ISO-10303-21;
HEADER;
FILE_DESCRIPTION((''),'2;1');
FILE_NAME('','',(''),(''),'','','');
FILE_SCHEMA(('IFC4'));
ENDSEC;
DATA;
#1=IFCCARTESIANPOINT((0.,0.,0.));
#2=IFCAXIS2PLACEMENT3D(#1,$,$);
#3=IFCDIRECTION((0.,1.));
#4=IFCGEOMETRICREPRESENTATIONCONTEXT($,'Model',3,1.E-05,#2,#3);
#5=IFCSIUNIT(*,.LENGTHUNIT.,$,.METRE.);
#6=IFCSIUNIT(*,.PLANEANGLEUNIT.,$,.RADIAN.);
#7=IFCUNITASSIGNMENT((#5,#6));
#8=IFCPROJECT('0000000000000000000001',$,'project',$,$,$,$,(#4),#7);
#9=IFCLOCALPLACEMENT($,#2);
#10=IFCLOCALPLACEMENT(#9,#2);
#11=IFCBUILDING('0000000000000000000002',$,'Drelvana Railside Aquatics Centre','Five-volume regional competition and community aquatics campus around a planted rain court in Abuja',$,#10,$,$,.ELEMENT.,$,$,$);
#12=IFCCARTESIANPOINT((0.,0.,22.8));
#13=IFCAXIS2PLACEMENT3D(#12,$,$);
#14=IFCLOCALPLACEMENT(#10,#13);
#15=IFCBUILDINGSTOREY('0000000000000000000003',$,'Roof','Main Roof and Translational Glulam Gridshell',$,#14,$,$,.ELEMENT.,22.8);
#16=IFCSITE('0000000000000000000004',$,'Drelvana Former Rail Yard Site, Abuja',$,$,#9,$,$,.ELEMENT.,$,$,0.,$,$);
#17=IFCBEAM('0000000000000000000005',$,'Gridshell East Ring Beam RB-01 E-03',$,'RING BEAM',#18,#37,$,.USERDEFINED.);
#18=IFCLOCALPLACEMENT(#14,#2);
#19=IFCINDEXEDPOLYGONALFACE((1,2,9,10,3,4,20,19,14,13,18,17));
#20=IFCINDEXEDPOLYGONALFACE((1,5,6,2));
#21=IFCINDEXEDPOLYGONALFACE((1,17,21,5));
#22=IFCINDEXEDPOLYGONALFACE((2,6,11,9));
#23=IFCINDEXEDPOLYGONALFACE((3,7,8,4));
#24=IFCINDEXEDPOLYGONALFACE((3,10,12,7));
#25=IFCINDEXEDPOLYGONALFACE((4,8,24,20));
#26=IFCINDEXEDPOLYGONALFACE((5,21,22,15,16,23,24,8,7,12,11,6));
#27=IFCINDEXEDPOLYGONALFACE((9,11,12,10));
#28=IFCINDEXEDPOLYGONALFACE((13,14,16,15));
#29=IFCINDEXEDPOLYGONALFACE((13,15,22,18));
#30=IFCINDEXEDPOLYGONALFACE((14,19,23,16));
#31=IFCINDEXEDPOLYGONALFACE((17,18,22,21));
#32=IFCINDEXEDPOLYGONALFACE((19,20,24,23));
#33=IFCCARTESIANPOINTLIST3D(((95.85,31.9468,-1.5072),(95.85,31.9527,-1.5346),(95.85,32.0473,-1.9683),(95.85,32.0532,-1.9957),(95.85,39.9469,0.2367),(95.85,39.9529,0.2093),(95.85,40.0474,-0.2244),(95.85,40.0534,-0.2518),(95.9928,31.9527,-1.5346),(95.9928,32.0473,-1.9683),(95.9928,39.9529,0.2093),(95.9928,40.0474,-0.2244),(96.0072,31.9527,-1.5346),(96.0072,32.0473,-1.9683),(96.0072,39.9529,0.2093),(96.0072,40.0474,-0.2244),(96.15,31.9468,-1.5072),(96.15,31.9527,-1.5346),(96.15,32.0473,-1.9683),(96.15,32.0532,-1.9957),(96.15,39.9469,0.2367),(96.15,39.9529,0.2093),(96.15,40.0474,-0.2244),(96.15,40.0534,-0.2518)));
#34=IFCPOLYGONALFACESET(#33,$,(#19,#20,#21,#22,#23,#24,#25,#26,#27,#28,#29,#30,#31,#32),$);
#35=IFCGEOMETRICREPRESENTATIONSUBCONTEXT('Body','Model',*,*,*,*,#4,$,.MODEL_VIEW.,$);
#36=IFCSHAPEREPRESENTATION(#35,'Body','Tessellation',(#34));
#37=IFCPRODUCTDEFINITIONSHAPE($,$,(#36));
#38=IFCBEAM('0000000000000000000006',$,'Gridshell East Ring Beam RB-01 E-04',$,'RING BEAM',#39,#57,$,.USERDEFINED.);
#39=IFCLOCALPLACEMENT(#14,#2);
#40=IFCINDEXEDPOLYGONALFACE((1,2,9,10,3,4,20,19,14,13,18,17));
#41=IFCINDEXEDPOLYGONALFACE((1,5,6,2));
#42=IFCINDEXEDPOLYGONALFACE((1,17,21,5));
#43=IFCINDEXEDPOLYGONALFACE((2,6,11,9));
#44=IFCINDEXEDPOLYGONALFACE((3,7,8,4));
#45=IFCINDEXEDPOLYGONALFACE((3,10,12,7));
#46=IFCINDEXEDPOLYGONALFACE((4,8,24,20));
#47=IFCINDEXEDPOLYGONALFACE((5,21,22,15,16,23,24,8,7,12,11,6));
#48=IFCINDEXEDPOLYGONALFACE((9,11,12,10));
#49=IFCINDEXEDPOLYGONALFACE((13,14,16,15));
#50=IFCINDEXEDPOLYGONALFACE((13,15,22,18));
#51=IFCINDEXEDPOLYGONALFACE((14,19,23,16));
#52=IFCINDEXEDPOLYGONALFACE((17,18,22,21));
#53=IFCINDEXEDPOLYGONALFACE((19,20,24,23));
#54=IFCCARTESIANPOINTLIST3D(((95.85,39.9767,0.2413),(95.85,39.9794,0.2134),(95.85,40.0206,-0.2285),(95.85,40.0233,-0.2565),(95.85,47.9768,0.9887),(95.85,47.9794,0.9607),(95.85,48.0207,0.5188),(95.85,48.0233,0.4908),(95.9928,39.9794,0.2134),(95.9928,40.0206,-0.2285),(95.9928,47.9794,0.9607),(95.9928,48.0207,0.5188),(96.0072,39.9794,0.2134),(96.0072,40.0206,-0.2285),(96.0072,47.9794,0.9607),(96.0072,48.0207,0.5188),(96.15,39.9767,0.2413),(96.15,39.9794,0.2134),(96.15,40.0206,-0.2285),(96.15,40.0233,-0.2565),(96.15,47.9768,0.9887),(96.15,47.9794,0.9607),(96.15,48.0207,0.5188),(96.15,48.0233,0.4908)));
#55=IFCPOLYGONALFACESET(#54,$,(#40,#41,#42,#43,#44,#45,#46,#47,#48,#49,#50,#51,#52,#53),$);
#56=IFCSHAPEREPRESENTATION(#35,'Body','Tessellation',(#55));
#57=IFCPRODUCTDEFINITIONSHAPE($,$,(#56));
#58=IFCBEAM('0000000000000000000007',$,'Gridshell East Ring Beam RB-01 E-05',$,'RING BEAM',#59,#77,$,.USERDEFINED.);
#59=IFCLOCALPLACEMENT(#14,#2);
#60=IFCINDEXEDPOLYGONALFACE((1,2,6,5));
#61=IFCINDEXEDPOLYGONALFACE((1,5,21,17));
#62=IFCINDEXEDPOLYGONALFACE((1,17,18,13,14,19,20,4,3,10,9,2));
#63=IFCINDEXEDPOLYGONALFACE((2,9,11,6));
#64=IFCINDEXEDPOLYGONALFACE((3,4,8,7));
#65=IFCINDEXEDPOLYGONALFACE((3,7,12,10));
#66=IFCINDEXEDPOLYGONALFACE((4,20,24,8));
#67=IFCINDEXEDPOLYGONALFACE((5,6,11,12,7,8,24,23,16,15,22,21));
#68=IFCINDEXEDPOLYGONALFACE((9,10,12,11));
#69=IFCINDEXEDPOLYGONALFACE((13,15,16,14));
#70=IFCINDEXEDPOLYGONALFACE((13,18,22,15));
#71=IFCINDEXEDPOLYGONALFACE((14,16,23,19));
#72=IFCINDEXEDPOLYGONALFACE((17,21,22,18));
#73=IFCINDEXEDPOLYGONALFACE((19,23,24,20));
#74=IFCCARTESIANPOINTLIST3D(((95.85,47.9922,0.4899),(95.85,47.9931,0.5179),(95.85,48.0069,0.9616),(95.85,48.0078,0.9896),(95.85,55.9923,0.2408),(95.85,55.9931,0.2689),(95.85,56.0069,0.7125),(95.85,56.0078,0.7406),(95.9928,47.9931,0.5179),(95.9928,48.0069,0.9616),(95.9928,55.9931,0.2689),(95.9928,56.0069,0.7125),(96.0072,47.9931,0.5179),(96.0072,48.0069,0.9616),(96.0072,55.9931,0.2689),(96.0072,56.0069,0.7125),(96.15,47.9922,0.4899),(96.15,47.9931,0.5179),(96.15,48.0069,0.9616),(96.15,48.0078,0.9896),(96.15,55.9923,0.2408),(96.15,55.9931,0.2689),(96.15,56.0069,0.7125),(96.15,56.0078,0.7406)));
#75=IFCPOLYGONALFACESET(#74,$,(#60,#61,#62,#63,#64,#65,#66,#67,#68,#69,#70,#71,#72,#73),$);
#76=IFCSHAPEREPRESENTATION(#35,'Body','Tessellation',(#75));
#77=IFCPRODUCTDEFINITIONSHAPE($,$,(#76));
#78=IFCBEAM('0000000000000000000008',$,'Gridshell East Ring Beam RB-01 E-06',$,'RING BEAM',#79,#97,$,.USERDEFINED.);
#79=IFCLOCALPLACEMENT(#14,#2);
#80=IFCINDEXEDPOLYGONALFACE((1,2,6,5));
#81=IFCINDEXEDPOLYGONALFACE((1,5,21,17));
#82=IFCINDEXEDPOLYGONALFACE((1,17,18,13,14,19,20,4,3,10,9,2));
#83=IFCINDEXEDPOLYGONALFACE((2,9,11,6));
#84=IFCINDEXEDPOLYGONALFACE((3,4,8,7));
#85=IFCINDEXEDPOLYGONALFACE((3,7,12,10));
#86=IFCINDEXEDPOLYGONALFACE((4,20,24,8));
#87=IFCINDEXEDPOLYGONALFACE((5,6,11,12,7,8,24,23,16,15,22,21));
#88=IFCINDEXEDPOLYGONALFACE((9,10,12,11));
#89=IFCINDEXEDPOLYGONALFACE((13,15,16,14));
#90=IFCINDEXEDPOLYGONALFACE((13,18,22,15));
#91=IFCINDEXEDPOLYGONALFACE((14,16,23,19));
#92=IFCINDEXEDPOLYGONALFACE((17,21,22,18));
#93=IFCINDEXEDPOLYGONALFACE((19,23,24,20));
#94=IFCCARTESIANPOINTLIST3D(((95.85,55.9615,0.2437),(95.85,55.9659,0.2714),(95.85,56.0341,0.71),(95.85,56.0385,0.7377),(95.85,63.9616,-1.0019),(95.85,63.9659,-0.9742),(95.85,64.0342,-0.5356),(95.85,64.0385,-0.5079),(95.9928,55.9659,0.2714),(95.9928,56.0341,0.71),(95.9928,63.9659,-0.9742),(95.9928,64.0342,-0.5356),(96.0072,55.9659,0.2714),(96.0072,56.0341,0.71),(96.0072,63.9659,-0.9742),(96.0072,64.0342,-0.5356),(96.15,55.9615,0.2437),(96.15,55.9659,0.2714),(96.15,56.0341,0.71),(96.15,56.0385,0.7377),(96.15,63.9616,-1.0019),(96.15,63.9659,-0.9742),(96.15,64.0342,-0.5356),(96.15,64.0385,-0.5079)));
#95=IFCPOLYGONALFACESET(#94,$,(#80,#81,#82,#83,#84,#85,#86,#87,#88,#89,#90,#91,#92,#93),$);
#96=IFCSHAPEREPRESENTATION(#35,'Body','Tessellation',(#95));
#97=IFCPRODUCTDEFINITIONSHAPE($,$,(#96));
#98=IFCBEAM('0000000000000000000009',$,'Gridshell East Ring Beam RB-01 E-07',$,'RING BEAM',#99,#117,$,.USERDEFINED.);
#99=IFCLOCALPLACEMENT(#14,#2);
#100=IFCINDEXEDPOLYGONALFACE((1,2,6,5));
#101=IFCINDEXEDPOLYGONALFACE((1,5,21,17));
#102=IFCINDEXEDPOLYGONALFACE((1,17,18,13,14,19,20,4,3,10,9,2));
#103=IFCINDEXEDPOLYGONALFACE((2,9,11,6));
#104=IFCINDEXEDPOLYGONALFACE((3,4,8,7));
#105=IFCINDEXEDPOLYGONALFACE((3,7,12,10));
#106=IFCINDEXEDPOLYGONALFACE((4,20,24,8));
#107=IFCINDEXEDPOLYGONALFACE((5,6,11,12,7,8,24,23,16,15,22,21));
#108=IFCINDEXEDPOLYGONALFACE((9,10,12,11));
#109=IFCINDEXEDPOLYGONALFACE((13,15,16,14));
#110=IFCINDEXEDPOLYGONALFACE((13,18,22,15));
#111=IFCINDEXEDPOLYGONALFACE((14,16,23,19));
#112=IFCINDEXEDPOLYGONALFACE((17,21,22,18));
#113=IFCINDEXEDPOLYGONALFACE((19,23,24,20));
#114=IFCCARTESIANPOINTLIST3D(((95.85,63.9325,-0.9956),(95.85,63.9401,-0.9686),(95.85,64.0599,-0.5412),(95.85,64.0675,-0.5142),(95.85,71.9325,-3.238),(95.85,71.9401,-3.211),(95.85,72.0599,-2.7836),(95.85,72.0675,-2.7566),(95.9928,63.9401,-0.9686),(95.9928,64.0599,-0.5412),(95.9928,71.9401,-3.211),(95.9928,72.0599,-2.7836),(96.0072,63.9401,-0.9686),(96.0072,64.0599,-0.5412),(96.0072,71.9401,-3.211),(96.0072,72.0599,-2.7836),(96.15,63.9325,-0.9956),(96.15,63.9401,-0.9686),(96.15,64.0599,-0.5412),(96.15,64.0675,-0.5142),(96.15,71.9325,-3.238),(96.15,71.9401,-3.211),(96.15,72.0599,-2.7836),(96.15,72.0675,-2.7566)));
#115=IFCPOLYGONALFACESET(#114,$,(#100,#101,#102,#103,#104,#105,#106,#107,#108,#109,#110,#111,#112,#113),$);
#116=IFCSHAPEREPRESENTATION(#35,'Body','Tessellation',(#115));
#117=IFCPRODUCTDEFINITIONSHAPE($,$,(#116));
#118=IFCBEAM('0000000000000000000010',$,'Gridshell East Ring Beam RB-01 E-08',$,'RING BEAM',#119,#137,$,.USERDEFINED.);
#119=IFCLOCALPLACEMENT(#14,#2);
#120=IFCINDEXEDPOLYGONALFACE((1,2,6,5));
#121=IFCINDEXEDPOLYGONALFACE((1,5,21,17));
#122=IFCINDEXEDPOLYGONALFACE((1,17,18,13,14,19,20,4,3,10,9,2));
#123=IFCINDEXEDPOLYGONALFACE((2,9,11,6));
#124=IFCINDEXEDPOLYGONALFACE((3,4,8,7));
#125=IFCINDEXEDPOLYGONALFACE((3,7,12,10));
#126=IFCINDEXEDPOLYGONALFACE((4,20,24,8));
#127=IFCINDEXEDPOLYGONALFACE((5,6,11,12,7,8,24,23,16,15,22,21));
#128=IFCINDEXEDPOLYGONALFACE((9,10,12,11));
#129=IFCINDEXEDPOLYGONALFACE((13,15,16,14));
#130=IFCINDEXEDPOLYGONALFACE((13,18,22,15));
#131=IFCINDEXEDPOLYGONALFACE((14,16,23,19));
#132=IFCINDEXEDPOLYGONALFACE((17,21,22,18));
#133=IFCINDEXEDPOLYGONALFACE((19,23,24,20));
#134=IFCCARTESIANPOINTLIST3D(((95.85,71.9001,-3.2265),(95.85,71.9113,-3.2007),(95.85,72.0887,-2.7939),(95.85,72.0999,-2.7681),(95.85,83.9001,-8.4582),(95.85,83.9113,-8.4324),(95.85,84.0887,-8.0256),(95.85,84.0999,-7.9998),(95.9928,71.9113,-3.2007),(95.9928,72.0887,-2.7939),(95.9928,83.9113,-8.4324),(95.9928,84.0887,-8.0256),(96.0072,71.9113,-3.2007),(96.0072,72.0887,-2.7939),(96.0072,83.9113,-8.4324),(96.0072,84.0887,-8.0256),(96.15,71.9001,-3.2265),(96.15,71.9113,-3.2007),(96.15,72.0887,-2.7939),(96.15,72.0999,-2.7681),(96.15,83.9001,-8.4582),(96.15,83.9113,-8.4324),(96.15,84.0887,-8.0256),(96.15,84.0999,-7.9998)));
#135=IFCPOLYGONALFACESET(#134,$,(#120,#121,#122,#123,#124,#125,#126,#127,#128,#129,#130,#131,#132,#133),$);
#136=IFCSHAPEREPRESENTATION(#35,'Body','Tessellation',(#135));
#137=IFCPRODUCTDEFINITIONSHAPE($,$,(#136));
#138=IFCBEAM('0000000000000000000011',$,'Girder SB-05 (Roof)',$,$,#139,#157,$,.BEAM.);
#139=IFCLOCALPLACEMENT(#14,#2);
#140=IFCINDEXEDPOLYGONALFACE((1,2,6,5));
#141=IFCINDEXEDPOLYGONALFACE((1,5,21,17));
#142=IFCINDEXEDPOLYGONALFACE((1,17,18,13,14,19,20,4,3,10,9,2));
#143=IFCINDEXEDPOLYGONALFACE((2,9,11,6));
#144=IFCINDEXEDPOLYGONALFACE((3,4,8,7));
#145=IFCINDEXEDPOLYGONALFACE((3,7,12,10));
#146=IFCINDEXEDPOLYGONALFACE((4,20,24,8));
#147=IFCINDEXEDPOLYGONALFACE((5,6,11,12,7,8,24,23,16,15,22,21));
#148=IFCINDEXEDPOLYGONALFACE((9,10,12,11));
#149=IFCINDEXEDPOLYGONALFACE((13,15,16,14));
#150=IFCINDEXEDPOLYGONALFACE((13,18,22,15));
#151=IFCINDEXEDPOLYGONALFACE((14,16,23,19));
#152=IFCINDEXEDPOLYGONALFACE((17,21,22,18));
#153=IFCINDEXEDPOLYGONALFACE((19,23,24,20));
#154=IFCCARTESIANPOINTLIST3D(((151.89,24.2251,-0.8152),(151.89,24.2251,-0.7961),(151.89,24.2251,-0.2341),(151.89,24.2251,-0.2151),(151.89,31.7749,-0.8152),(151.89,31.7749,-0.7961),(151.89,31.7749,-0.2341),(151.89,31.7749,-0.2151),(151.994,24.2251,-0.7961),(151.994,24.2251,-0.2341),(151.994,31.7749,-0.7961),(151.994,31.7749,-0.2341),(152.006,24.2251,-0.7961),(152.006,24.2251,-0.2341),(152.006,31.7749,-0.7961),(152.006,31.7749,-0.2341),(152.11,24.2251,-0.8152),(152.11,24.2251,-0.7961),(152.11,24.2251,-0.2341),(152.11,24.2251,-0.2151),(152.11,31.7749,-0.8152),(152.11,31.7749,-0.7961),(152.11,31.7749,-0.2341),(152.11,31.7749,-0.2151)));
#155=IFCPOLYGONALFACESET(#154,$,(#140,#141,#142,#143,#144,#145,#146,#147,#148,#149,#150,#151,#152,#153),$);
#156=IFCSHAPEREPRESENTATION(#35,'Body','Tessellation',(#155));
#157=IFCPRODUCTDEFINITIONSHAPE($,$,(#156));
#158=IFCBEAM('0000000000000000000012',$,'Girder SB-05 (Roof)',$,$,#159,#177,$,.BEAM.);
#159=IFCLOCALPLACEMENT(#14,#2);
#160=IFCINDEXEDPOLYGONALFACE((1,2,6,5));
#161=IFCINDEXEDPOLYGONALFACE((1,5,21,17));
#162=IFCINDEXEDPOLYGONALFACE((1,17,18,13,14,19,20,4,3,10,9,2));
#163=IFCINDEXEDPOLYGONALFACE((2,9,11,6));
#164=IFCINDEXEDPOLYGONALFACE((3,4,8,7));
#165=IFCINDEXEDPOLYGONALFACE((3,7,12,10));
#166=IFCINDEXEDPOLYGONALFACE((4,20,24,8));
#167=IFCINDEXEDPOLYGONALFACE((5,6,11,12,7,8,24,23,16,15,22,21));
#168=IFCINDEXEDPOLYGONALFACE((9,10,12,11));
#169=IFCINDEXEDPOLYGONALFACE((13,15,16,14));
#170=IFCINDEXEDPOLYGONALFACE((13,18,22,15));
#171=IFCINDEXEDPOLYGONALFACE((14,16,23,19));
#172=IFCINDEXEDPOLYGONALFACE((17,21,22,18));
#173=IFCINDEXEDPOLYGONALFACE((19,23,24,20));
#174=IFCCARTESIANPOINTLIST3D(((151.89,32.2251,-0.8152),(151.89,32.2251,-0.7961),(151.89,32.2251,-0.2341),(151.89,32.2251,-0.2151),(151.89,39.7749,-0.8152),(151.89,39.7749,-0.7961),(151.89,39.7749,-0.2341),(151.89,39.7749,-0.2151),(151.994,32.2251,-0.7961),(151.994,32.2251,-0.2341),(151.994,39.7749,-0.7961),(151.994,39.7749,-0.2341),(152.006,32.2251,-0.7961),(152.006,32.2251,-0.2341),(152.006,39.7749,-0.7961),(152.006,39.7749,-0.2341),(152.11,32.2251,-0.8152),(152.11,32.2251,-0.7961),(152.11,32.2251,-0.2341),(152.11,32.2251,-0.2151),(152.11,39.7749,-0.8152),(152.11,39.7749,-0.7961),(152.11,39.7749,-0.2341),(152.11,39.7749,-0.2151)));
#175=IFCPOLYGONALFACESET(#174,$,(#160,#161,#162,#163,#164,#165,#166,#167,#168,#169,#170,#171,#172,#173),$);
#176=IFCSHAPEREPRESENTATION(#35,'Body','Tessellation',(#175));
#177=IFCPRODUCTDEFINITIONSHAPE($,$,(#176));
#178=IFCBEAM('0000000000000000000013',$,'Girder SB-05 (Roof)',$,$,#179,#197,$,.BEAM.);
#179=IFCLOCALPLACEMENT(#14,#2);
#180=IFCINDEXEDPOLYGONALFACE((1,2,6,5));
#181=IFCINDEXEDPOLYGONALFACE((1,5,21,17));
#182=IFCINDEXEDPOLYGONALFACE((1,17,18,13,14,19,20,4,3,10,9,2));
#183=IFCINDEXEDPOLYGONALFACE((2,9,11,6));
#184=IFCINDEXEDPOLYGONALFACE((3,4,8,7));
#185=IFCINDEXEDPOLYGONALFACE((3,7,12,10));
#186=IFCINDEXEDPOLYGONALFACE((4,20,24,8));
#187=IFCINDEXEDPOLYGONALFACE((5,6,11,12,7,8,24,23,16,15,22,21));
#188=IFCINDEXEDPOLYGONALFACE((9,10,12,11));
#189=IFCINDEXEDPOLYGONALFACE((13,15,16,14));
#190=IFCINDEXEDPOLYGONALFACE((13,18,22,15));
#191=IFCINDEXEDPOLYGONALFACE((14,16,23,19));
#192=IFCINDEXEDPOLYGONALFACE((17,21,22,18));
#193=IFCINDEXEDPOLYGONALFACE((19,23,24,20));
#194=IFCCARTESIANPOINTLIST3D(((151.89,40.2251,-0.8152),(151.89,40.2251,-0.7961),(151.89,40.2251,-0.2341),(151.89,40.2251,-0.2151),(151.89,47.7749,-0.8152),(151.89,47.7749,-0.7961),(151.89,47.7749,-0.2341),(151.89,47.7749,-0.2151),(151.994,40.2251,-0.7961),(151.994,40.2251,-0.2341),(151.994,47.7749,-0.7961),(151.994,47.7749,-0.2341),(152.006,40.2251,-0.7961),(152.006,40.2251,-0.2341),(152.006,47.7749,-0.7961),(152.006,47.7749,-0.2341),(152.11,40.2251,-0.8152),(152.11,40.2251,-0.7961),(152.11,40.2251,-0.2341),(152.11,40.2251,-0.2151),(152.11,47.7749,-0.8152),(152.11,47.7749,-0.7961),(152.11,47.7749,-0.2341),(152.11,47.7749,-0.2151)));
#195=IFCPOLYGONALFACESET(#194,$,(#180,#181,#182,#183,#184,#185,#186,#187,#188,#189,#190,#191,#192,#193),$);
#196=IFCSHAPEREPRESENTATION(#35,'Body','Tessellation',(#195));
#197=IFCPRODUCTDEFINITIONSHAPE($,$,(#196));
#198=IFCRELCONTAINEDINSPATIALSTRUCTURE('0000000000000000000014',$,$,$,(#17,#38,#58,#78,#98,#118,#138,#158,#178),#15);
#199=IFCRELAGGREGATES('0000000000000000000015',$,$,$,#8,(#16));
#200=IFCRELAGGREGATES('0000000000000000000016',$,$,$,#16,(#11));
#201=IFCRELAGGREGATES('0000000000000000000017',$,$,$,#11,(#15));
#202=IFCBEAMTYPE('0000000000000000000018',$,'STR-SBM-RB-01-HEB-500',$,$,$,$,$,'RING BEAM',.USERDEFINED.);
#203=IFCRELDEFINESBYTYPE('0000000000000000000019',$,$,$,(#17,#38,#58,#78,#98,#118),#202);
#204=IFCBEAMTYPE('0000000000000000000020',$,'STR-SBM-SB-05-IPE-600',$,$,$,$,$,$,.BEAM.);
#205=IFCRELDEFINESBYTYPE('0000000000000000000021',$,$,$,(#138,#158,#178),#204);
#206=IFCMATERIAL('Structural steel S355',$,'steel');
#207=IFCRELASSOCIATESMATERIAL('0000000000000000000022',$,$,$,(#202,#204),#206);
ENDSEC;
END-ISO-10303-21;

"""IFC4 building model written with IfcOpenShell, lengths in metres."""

from ifc_helpers import new_model, si_unit, direction, frame, origin, origin_2d, place, context, subcontext, project, spatial, i_section, extrude, material, material_profile, profile_set, type_object, element, save


model = new_model("IFC4")

# Units and contexts
model_context = context("Model", 3, precision=1e-05, world=origin(), true_north=direction((0.0, 1.0)))
body_context = subcontext(model_context, "Body", "Model", "MODEL_VIEW")
ifc_project = project(units=[si_unit("LENGTHUNIT", "METRE"), si_unit("PLANEANGLEUNIT", "RADIAN")], contexts=[model_context])

# Site, building, storey
site_placement = place(None, origin())
site = spatial("IfcSite", under=ifc_project, at=site_placement, Name="Drelvana Former Rail Yard Site, Abuja", CompositionType="ELEMENT", RefElevation=0.0)
building_placement = place(site_placement, origin())
building = spatial("IfcBuilding", under=site, at=building_placement, Name="Drelvana Railside Aquatics Centre", Description="Five-volume regional competition and community aquatics campus around a planted rain court in Abuja", CompositionType="ELEMENT")
storey_placement = place(building_placement, frame((0.0, 0.0, 22.8)))
storey = spatial("IfcBuildingStorey", under=building, at=storey_placement, Name="Roof", Description="Main Roof and Translational Glulam Gridshell", CompositionType="ELEMENT", Elevation=22.8)

# Beams
ifc_material = material(Name="Structural steel S355", Category="steel")
ifc_material_profile_1 = material_profile(ifc_material, i_section(OverallWidth=0.3, OverallDepth=0.5, WebThickness=0.0144, FlangeThickness=0.0281, at=origin_2d()), Name="HEB 500")
ifc_profile_set_1 = profile_set([ifc_material_profile_1], Name="Structural steel S355")
beam_type_1 = type_object("IfcBeamType", Name="STR-SBM-RB-01-HEB-500", ElementType="RING BEAM", PredefinedType="USERDEFINED", material=ifc_profile_set_1)
beam_1_placement = place(storey_placement, frame((96.0, 32.0, -1.7515), z_axis=(0.0, 0.977055, 0.212985), x_axis=(-1.0, 0.0, 0.0)))
element("IfcBeam", 1, at=beam_1_placement, inside=storey, type_object=beam_type_1, Name="Gridshell East Ring Beam RB-01 E-03", ObjectType="RING BEAM", PredefinedType="USERDEFINED", context=body_context, shape_type="SweptSolid", body=[
    extrude(i_section(OverallWidth=0.3, OverallDepth=0.5, WebThickness=0.0144, FlangeThickness=0.0281, at=origin_2d()), origin(), (0.0, 0.0, 1.0), 8.188),
])
beam_2_placement = place(storey_placement, frame((96.0, 40.0, -0.0076), z_axis=(0.0, 0.995665, 0.093009), x_axis=(-1.0, 0.0, 0.0)))
element("IfcBeam", 2, at=beam_2_placement, inside=storey, type_object=beam_type_1, Name="Gridshell East Ring Beam RB-01 E-04", ObjectType="RING BEAM", PredefinedType="USERDEFINED", context=body_context, shape_type="SweptSolid", body=[
    extrude(i_section(OverallWidth=0.3, OverallDepth=0.5, WebThickness=0.0144, FlangeThickness=0.0281, at=origin_2d()), origin(), (0.0, 0.0, 1.0), 8.0349),
])
beam_3_placement = place(storey_placement, frame((96.0, 48.0, 0.7397), z_axis=(0.0, 0.999516, -0.031113), x_axis=(-1.0, 0.0, 0.0)))
element("IfcBeam", 3, at=beam_3_placement, inside=storey, type_object=beam_type_1, Name="Gridshell East Ring Beam RB-01 E-05", ObjectType="RING BEAM", PredefinedType="USERDEFINED", context=body_context, shape_type="SweptSolid", body=[
    extrude(i_section(OverallWidth=0.3, OverallDepth=0.5, WebThickness=0.0144, FlangeThickness=0.0281, at=origin_2d()), origin(), (0.0, 0.0, 1.0), 8.0039),
])
beam_4_placement = place(storey_placement, frame((96.0, 56.0, 0.4907), z_axis=(0.0, 0.988095, -0.153847), x_axis=(-1.0, 0.0, 0.0)))
element("IfcBeam", 4, at=beam_4_placement, inside=storey, type_object=beam_type_1, Name="Gridshell East Ring Beam RB-01 E-06", ObjectType="RING BEAM", PredefinedType="USERDEFINED", context=body_context, shape_type="SweptSolid", body=[
    extrude(i_section(OverallWidth=0.3, OverallDepth=0.5, WebThickness=0.0144, FlangeThickness=0.0281, at=origin_2d()), origin(), (0.0, 0.0, 1.0), 8.0964),
])
beam_5_placement = place(storey_placement, frame((96.0, 64.0, -0.7549), z_axis=(0.0, 0.962888, -0.269901), x_axis=(-1.0, 0.0, 0.0)))
element("IfcBeam", 5, at=beam_5_placement, inside=storey, type_object=beam_type_1, Name="Gridshell East Ring Beam RB-01 E-07", ObjectType="RING BEAM", PredefinedType="USERDEFINED", context=body_context, shape_type="SweptSolid", body=[
    extrude(i_section(OverallWidth=0.3, OverallDepth=0.5, WebThickness=0.0144, FlangeThickness=0.0281, at=origin_2d()), origin(), (0.0, 0.0, 1.0), 8.3083),
])
beam_6_placement = place(storey_placement, frame((96.0, 72.0, -2.9973), z_axis=(0.0, 0.91667, -0.399644), x_axis=(-1.0, 0.0, 0.0)))
element("IfcBeam", 6, at=beam_6_placement, inside=storey, type_object=beam_type_1, Name="Gridshell East Ring Beam RB-01 E-08", ObjectType="RING BEAM", PredefinedType="USERDEFINED", context=body_context, shape_type="SweptSolid", body=[
    extrude(i_section(OverallWidth=0.3, OverallDepth=0.5, WebThickness=0.0144, FlangeThickness=0.0281, at=origin_2d()), origin(), (0.0, 0.0, 1.0), 13.0908),
])
ifc_material_profile_2 = material_profile(ifc_material, i_section(OverallWidth=0.22, OverallDepth=0.6001, WebThickness=0.012, FlangeThickness=0.019, at=origin_2d()), Name="IPE 600")
ifc_profile_set_2 = profile_set([ifc_material_profile_2], Name="Structural steel S355")
beam_type_2 = type_object("IfcBeamType", Name="STR-SBM-SB-05-IPE-600", PredefinedType="BEAM", material=ifc_profile_set_2)
for number, where, z_axis, x_axis, name in (
    (7, (152.0, 24.2251, -0.5151), (0.0, 1.0, 0.0), (-1.0, 0.0, 0.0), "Girder SB-05 (Roof)"),
    (8, (152.0, 32.2251, -0.5151), (0.0, 1.0, 0.0), (-1.0, 0.0, 0.0), "Girder SB-05 (Roof)"),
    (9, (152.0, 40.2251, -0.5151), (0.0, 1.0, 0.0), (-1.0, 0.0, 0.0), "Girder SB-05 (Roof)"),
):
    element("IfcBeam", number, at=place(storey_placement, frame(where, z_axis=z_axis, x_axis=x_axis)), inside=storey, type_object=beam_type_2, Name=name, PredefinedType="BEAM", context=body_context, shape_type="SweptSolid", body=[
        extrude(i_section(OverallWidth=0.22, OverallDepth=0.6001, WebThickness=0.012, FlangeThickness=0.019, at=origin_2d()), origin(), (0.0, 0.0, 1.0), 7.5498),
    ])

save(model, "model.ifc")
